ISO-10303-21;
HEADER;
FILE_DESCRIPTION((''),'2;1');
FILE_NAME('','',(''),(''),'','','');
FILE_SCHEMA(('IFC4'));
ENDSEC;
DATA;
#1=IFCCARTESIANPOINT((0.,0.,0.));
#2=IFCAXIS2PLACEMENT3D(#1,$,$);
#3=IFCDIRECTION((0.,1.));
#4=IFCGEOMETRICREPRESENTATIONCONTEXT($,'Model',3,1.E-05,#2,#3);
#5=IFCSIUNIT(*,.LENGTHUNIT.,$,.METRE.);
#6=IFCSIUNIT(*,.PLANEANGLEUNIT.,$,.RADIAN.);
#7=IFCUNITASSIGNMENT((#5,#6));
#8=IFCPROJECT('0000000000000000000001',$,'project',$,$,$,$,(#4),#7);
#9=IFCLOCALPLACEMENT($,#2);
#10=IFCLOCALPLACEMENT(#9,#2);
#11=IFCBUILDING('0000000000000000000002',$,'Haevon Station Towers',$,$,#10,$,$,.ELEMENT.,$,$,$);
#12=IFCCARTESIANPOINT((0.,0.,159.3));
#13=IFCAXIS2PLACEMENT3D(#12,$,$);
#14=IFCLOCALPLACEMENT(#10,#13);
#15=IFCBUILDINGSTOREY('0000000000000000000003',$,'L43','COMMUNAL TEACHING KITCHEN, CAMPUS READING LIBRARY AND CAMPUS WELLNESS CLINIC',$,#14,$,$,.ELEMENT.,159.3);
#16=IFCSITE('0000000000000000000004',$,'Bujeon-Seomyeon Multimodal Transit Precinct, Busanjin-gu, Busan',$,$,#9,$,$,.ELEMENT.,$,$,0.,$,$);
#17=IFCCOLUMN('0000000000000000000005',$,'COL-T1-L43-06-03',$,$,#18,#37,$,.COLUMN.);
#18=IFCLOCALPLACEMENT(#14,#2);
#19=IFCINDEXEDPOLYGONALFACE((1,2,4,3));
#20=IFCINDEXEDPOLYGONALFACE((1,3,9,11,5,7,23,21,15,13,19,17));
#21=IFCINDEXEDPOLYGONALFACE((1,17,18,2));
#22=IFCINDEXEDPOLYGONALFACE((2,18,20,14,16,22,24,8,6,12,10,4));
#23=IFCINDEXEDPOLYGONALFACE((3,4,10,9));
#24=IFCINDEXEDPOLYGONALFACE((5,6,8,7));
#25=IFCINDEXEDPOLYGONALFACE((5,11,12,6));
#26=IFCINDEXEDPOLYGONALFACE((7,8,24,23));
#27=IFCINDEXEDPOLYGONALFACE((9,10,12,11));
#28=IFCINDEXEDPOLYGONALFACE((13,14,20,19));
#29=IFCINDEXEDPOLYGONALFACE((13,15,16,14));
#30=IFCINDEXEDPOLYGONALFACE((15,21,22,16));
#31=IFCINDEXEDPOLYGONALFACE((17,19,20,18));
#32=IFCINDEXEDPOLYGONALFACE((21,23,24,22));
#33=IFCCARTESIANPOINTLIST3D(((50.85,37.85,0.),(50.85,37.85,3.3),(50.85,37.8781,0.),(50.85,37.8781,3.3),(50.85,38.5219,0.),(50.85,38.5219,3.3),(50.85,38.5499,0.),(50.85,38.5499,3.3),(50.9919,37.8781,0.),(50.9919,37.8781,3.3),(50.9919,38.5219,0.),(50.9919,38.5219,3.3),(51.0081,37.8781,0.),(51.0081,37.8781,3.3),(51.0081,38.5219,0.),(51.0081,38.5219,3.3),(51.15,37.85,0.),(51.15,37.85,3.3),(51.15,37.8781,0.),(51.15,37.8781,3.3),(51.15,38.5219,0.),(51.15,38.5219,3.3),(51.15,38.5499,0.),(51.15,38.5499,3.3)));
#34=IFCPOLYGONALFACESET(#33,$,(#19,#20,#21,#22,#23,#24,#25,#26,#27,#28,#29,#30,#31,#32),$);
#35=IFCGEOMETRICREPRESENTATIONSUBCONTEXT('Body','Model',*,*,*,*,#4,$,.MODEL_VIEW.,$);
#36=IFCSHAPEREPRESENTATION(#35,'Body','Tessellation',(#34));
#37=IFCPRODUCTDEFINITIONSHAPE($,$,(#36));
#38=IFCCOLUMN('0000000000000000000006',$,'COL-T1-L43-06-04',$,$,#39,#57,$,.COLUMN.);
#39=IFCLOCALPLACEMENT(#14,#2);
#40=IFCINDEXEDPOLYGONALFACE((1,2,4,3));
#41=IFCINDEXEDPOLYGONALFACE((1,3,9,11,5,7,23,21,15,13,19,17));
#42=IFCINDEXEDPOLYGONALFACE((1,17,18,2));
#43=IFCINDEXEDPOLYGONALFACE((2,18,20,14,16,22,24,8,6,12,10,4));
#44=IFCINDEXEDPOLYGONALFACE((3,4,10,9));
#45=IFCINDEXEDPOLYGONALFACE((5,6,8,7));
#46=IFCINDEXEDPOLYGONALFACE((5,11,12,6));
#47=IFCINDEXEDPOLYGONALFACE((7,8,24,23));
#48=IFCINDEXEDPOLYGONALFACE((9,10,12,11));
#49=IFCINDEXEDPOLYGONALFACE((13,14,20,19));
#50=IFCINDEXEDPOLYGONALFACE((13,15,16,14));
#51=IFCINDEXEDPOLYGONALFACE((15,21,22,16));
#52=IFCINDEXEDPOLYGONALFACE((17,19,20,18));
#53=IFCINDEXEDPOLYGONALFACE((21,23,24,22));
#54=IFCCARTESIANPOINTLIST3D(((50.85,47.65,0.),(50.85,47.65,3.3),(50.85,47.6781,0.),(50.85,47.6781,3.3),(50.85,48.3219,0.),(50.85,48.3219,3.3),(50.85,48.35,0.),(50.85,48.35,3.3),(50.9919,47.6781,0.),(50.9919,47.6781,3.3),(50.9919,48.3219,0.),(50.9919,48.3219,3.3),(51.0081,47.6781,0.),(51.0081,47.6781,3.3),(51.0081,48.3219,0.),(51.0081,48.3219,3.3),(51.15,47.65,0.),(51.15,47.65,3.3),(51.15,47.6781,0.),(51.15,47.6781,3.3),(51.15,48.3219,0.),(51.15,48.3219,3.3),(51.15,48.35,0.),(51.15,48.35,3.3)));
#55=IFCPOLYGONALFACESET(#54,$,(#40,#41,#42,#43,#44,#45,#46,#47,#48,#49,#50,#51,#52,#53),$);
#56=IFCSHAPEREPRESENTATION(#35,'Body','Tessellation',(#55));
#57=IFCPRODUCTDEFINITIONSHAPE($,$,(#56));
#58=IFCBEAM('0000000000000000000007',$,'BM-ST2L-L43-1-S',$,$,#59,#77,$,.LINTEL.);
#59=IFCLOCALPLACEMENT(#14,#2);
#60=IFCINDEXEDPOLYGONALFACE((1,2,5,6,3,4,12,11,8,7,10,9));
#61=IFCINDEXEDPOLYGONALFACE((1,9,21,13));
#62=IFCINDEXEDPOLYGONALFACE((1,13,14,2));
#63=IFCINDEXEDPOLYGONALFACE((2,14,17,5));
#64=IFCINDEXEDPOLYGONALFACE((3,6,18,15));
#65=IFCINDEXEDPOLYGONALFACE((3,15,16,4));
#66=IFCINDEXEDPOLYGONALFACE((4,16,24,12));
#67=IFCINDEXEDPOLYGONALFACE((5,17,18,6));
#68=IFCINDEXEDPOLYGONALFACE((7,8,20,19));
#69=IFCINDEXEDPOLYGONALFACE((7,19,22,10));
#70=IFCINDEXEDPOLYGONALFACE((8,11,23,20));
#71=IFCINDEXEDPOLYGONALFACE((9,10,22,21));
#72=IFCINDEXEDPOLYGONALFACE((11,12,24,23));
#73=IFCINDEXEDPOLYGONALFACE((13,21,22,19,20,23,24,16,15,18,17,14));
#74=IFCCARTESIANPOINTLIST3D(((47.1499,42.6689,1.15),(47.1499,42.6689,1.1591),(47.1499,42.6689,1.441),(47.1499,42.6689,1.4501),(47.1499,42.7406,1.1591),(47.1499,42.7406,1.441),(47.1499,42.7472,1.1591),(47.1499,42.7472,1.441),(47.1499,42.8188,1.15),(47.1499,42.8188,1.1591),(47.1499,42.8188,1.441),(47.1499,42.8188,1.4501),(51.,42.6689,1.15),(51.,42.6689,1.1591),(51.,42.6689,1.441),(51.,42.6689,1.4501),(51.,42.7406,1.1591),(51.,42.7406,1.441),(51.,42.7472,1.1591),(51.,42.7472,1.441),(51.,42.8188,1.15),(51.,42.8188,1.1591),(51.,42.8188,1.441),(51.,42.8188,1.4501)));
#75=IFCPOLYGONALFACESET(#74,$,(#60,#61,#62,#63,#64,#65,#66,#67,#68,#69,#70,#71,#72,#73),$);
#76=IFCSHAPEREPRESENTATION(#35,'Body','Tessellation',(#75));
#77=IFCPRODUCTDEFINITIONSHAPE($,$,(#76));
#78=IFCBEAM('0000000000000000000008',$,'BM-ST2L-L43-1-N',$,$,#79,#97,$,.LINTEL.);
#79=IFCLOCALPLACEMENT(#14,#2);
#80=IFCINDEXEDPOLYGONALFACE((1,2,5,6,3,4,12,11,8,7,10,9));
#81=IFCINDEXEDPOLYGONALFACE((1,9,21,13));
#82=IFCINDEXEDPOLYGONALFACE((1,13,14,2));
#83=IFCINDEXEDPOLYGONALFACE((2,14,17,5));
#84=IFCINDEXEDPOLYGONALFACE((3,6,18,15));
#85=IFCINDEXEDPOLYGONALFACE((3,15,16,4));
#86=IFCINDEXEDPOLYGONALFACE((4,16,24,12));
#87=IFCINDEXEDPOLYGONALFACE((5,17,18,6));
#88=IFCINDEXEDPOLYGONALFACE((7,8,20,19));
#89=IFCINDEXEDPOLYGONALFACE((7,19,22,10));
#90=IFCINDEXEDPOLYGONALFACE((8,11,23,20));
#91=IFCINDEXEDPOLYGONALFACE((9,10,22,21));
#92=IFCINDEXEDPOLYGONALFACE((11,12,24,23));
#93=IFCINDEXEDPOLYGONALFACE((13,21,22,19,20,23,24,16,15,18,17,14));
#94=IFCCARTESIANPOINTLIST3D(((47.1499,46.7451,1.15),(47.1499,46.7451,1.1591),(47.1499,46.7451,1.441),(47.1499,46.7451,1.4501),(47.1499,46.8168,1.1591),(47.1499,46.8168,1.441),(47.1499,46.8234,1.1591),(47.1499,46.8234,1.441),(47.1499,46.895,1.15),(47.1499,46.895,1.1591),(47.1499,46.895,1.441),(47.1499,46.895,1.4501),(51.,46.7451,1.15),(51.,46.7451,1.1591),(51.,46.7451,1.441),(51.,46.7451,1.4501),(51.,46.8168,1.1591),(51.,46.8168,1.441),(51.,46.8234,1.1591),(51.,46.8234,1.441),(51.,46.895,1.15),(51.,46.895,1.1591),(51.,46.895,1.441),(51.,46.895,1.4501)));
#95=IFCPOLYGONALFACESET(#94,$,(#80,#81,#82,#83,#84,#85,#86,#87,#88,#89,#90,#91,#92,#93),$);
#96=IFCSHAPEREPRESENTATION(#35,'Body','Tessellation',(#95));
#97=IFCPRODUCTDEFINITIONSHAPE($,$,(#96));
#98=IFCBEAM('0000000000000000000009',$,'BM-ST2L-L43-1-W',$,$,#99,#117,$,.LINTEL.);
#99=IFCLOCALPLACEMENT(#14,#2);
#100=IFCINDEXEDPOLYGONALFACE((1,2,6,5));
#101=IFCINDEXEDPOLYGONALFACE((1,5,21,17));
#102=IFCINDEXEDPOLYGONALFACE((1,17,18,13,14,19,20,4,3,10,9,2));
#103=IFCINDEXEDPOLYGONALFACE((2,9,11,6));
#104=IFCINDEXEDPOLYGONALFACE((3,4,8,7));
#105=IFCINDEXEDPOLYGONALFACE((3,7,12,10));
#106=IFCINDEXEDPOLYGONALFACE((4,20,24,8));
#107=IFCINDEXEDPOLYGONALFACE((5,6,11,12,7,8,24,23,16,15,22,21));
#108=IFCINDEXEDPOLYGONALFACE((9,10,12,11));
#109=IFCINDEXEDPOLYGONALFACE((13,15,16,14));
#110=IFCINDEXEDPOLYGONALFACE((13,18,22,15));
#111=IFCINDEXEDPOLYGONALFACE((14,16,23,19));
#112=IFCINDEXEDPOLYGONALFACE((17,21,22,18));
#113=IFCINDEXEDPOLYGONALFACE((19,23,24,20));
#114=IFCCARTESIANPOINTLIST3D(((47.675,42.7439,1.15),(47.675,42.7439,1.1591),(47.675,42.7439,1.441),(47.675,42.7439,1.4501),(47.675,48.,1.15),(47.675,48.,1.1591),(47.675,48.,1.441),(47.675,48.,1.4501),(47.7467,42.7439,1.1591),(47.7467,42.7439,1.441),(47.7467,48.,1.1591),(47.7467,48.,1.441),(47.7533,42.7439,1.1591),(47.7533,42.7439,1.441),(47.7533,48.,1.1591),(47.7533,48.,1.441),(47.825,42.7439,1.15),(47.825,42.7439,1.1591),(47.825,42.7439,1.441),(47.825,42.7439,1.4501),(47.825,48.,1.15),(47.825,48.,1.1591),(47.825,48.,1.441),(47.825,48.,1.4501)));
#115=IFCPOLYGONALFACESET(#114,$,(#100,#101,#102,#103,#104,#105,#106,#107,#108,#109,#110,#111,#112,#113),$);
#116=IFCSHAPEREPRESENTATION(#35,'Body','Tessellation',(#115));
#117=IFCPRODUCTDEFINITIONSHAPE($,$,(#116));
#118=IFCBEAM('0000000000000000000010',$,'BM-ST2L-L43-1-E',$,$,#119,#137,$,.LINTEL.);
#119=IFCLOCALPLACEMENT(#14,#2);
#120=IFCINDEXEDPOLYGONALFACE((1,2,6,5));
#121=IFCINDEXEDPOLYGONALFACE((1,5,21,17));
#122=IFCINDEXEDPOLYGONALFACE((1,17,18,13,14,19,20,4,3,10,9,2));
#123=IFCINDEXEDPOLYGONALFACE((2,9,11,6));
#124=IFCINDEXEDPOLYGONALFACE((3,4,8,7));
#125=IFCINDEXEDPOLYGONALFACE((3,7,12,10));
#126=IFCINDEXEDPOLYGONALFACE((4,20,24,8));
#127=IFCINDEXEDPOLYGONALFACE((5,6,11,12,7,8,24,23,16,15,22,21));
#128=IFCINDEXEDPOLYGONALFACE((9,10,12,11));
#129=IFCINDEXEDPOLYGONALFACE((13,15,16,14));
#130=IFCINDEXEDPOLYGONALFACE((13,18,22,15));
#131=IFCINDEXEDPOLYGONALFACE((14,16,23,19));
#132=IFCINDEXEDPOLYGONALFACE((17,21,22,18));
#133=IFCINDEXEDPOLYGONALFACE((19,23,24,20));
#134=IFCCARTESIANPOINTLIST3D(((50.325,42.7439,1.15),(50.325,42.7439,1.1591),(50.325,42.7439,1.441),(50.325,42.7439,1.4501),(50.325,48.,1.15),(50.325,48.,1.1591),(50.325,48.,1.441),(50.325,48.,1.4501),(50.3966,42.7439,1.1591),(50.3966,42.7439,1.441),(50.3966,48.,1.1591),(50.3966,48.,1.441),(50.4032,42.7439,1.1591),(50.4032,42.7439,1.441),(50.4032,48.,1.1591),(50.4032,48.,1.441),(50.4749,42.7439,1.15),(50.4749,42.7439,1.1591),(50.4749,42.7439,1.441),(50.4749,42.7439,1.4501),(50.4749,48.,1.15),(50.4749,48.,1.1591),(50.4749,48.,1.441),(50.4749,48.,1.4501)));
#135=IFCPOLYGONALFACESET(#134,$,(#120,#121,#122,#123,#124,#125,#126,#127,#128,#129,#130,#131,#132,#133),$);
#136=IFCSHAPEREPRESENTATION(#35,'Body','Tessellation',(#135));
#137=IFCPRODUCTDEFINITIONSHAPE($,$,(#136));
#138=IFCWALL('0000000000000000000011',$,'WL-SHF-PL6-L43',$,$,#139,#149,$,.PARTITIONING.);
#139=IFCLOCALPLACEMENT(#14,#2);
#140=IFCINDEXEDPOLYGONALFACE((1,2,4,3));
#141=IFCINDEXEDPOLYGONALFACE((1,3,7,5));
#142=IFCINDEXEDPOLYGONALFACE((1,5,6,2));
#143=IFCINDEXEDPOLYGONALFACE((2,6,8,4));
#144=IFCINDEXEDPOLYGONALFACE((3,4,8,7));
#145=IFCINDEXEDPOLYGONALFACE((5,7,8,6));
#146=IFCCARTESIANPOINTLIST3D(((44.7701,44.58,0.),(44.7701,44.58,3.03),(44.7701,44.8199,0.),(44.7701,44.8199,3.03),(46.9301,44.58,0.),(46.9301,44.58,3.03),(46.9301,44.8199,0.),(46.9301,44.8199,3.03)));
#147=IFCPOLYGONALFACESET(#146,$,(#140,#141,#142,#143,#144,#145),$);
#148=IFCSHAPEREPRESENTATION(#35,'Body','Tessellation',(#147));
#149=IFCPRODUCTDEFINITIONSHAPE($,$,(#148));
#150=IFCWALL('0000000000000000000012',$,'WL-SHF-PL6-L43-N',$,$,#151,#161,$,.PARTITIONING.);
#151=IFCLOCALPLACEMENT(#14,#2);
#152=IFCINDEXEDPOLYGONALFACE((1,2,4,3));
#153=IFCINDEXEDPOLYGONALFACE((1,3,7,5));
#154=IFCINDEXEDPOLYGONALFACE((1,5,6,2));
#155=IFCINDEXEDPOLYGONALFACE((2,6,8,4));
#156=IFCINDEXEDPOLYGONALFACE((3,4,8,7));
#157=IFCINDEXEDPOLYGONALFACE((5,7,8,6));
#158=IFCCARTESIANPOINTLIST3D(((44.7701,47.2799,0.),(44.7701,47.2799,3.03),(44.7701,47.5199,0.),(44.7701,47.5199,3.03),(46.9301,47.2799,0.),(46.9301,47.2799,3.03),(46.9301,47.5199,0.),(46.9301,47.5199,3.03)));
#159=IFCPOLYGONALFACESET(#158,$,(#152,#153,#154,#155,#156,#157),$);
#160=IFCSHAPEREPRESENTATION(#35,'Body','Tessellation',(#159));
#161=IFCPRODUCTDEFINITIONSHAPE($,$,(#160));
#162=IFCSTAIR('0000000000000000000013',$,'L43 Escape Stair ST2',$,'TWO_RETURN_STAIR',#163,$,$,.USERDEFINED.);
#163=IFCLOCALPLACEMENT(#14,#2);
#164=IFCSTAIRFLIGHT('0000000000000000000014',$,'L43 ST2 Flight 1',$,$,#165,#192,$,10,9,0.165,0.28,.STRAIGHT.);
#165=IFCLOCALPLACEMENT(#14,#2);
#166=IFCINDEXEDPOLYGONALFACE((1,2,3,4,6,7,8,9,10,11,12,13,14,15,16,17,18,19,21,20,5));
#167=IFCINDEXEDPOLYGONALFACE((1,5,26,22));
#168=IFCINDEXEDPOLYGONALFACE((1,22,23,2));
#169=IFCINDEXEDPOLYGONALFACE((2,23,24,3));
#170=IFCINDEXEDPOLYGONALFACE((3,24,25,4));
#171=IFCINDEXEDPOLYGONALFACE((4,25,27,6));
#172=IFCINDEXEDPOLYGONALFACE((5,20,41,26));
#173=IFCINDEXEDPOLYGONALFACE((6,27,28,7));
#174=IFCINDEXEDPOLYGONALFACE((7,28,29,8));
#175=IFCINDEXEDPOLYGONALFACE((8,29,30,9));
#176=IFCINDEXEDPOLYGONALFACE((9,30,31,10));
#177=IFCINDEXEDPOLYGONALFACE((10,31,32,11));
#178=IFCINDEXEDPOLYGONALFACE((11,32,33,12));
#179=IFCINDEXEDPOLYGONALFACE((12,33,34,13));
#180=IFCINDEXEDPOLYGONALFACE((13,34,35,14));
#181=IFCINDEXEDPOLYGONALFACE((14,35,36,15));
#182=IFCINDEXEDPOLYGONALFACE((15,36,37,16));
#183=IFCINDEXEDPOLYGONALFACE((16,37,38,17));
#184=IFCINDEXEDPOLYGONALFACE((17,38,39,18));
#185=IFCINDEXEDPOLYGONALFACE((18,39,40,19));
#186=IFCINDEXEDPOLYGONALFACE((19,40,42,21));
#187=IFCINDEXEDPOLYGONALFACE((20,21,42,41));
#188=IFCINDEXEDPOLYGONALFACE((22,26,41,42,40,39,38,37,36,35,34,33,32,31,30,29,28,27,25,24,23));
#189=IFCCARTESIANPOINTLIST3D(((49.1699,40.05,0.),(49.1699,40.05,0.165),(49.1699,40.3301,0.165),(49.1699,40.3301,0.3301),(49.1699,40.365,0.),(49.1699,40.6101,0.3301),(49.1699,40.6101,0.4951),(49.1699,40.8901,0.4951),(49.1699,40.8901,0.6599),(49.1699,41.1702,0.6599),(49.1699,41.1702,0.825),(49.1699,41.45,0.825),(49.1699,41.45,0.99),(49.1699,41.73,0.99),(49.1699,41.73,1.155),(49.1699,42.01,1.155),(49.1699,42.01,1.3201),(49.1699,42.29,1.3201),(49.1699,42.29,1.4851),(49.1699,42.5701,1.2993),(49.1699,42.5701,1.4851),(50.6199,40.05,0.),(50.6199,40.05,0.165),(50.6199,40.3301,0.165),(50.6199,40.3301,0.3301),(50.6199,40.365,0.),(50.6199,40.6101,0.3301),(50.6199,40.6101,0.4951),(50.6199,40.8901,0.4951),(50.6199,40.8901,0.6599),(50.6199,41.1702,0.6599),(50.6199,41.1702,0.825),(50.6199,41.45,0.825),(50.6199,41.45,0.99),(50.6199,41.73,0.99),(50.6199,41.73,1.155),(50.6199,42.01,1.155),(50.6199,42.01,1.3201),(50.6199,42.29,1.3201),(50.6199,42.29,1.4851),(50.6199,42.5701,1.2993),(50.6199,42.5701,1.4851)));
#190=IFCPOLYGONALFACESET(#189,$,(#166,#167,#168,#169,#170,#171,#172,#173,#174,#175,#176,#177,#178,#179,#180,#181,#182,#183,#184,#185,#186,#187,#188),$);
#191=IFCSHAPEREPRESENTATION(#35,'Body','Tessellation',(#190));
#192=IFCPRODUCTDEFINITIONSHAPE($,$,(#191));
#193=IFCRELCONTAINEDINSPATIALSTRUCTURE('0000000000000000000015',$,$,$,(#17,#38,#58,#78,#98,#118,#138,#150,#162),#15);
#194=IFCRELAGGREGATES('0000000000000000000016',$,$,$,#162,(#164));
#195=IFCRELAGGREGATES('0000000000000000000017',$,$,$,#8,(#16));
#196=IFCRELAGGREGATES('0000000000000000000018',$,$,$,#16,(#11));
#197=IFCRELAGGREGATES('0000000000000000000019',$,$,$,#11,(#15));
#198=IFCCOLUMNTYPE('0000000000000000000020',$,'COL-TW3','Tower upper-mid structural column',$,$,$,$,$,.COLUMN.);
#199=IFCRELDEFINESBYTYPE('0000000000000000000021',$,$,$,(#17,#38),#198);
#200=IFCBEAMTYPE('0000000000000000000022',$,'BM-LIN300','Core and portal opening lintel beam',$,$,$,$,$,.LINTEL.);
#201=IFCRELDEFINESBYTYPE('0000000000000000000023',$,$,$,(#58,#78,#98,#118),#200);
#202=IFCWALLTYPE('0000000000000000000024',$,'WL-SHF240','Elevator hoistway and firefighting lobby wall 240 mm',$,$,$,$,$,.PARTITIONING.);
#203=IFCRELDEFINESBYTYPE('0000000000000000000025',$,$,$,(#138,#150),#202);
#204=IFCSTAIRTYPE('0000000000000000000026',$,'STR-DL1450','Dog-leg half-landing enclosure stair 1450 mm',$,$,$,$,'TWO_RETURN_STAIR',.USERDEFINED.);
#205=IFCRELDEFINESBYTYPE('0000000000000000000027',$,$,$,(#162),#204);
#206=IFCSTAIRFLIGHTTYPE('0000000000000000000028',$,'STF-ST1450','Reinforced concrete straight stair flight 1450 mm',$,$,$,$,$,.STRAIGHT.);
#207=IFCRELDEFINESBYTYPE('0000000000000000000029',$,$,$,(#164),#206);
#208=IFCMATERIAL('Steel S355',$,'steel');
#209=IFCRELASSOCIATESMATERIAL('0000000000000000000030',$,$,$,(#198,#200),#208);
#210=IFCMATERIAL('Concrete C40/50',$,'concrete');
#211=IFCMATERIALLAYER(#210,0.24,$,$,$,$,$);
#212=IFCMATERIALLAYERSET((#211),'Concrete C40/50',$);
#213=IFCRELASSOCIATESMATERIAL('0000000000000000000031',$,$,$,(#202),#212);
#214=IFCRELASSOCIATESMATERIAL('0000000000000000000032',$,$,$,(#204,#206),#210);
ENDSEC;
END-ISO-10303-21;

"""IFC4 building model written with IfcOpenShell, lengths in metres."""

from ifc_helpers import new_model, si_unit, direction, frame, frame_2d, origin, origin_2d, place, context, subcontext, project, spatial, polyline, rectangle, i_section, outline, extrude, material, layer, layer_set, material_profile, profile_set, type_object, element, aggregate, save


model = new_model("IFC4")

# Units and contexts
model_context = context("Model", 3, precision=1e-05, world=origin(), true_north=direction((0.0, 1.0)))
body_context = subcontext(model_context, "Body", "Model", "MODEL_VIEW")
ifc_project = project(units=[si_unit("LENGTHUNIT", "METRE"), si_unit("PLANEANGLEUNIT", "RADIAN")], contexts=[model_context])

# Site, building, storey
site_placement = place(None, origin())
site = spatial("IfcSite", under=ifc_project, at=site_placement, Name="Bujeon-Seomyeon Multimodal Transit Precinct, Busanjin-gu, Busan", CompositionType="ELEMENT", RefElevation=0.0)
building_placement = place(site_placement, origin())
building = spatial("IfcBuilding", under=site, at=building_placement, Name="Haevon Station Towers", CompositionType="ELEMENT")
storey_placement = place(building_placement, frame((0.0, 0.0, 159.3)))
storey = spatial("IfcBuildingStorey", under=building, at=storey_placement, Name="L43", Description="COMMUNAL TEACHING KITCHEN, CAMPUS READING LIBRARY AND CAMPUS WELLNESS CLINIC", CompositionType="ELEMENT", Elevation=159.3)

# Columns
ifc_material_1 = material(Name="Steel S355", Category="steel")
ifc_material_profile_1 = material_profile(ifc_material_1, i_section(OverallWidth=0.3, OverallDepth=0.7, WebThickness=0.0161, FlangeThickness=0.0281, at=origin_2d()), Name="H-700x300x16x28")
ifc_profile_set_1 = profile_set([ifc_material_profile_1], Name="Steel S355")
column_type = type_object("IfcColumnType", Name="COL-TW3", Description="Tower upper-mid structural column", PredefinedType="COLUMN", material=ifc_profile_set_1)
for number, where, z_axis, x_axis, name in (
    (1, (51.0, 38.2, 0.0), (0.0, 0.0, 1.0), (1.0, 0.0, 0.0), "COL-T1-L43-06-03"),
    (2, (51.0, 48.0, 0.0), (0.0, 0.0, 1.0), (1.0, 0.0, 0.0), "COL-T1-L43-06-04"),
):
    element("IfcColumn", number, at=place(storey_placement, frame(where, z_axis=z_axis, x_axis=x_axis)), inside=storey, type_object=column_type, Name=name, PredefinedType="COLUMN", context=body_context, shape_type="SweptSolid", body=[
        extrude(i_section(OverallWidth=0.3, OverallDepth=0.7, WebThickness=0.0161, FlangeThickness=0.0281, at=origin_2d()), origin(), (0.0, 0.0, 1.0), 3.3),
    ])

# Beams
ifc_material_profile_2 = material_profile(ifc_material_1, i_section(OverallWidth=0.1499, OverallDepth=0.3, WebThickness=0.0066, FlangeThickness=0.009, at=origin_2d()), Name="H-300x150x6.5x9")
ifc_profile_set_2 = profile_set([ifc_material_profile_2], Name="Steel S355")
beam_type = type_object("IfcBeamType", Name="BM-LIN300", Description="Core and portal opening lintel beam", PredefinedType="LINTEL", material=ifc_profile_set_2)
for number, where, z_axis, x_axis, name in (
    (3, (47.1499, 42.7439, 1.3), (1.0, 0.0, 0.0), (0.0, 1.0, 0.0), "BM-ST2L-L43-1-S"),
    (4, (47.1499, 46.8201, 1.3), (1.0, 0.0, 0.0), (0.0, 1.0, 0.0), "BM-ST2L-L43-1-N"),
):
    element("IfcBeam", number, at=place(storey_placement, frame(where, z_axis=z_axis, x_axis=x_axis)), inside=storey, type_object=beam_type, Name=name, PredefinedType="LINTEL", context=body_context, shape_type="SweptSolid", body=[
        extrude(i_section(OverallWidth=0.1499, OverallDepth=0.3, WebThickness=0.0066, FlangeThickness=0.009, at=origin_2d()), origin(), (0.0, 0.0, 1.0), 3.8501),
    ])
for number, where, z_axis, x_axis, name in (
    (5, (47.75, 42.7439, 1.3), (0.0, 1.0, 0.0), (-1.0, 0.0, 0.0), "BM-ST2L-L43-1-W"),
    (6, (50.3999, 42.7439, 1.3), (0.0, 1.0, 0.0), (-1.0, 0.0, 0.0), "BM-ST2L-L43-1-E"),
):
    element("IfcBeam", number, at=place(storey_placement, frame(where, z_axis=z_axis, x_axis=x_axis)), inside=storey, type_object=beam_type, Name=name, PredefinedType="LINTEL", context=body_context, shape_type="SweptSolid", body=[
        extrude(i_section(OverallWidth=0.1499, OverallDepth=0.3, WebThickness=0.0066, FlangeThickness=0.009, at=origin_2d()), origin(), (0.0, 0.0, 1.0), 5.2561),
    ])

# Walls
ifc_material_2 = material(Name="Concrete C40/50", Category="concrete")
ifc_layer = layer(ifc_material_2, 0.24)
ifc_layer_set = layer_set([ifc_layer], Name="Concrete C40/50")
wall_type = type_object("IfcWallType", Name="WL-SHF240", Description="Elevator hoistway and firefighting lobby wall 240 mm", PredefinedType="PARTITIONING", material=ifc_layer_set)
for number, where, z_axis, x_axis, name in (
    (7, (44.77, 44.7, 0.0), (0.0, 0.0, 1.0), (1.0, 0.0, 0.0), "WL-SHF-PL6-L43"),
    (8, (44.77, 47.3999, 0.0), (0.0, 0.0, 1.0), (1.0, 0.0, 0.0), "WL-SHF-PL6-L43-N"),
):
    element("IfcWall", number, at=place(storey_placement, frame(where, z_axis=z_axis, x_axis=x_axis)), inside=storey, type_object=wall_type, Name=name, PredefinedType="PARTITIONING", context=body_context, shape_type="SweptSolid", body=[
        extrude(rectangle(XDim=2.1599, YDim=0.24, at=frame_2d((1.0801, 0.0))), origin(), (0.0, 0.0, 1.0), 3.03),
    ])

# Stair, stair flight
stair_type = type_object("IfcStairType", Name="STR-DL1450", Description="Dog-leg half-landing enclosure stair 1450 mm", ElementType="TWO_RETURN_STAIR", PredefinedType="USERDEFINED", material=ifc_material_2)
stair_placement = place(storey_placement, origin())
stair = element("IfcStair", 9, at=stair_placement, inside=storey, type_object=stair_type, Name="L43 Escape Stair ST2", ObjectType="TWO_RETURN_STAIR", PredefinedType="USERDEFINED")
stair_flight_type = type_object("IfcStairFlightType", Name="STF-ST1450", Description="Reinforced concrete straight stair flight 1450 mm", PredefinedType="STRAIGHT", material=ifc_material_2)
stair_flight_1_placement = place(storey_placement, frame((49.895, 40.05, 0.0), z_axis=(0.0, 0.0, 1.0), x_axis=(0.0, 1.0, 0.0)))
stair_flight_1 = element("IfcStairFlight", 10, at=stair_flight_1_placement, type_object=stair_flight_type, Name="L43 ST2 Flight 1", NumberOfRisers=10, NumberOfTreads=9, PredefinedType="STRAIGHT", RiserHeight=0.165, TreadLength=0.28, context=body_context, shape_type="SweptSolid", body=[
    extrude(outline(polyline([(0.0, 0.0), (0.0, 0.165), (0.28, 0.165), (0.28, 0.3301), (0.5601, 0.3301), (0.5601, 0.4951), (0.8401, 0.4951), (0.8401, 0.6599), (1.1201, 0.6599), (1.1201, 0.825), (1.3999, 0.825), (1.3999, 0.99), (1.6799, 0.99), (1.6799, 1.155), (1.96, 1.155), (1.96, 1.3201), (2.24, 1.3201), (2.24, 1.4851), (2.52, 1.4851), (2.52, 1.6499), (2.52, 1.2993), (0.3149, 0.0), (0.0, 0.0)])), frame((0.0, 0.7251, 0.0), z_axis=(0.0, -1.0, 0.0), x_axis=(1.0, 0.0, 0.0)), (0.0, 0.0, 1.0), 1.45),
])
aggregate(stair, [stair_flight_1])

save(model, "model.ifc")
